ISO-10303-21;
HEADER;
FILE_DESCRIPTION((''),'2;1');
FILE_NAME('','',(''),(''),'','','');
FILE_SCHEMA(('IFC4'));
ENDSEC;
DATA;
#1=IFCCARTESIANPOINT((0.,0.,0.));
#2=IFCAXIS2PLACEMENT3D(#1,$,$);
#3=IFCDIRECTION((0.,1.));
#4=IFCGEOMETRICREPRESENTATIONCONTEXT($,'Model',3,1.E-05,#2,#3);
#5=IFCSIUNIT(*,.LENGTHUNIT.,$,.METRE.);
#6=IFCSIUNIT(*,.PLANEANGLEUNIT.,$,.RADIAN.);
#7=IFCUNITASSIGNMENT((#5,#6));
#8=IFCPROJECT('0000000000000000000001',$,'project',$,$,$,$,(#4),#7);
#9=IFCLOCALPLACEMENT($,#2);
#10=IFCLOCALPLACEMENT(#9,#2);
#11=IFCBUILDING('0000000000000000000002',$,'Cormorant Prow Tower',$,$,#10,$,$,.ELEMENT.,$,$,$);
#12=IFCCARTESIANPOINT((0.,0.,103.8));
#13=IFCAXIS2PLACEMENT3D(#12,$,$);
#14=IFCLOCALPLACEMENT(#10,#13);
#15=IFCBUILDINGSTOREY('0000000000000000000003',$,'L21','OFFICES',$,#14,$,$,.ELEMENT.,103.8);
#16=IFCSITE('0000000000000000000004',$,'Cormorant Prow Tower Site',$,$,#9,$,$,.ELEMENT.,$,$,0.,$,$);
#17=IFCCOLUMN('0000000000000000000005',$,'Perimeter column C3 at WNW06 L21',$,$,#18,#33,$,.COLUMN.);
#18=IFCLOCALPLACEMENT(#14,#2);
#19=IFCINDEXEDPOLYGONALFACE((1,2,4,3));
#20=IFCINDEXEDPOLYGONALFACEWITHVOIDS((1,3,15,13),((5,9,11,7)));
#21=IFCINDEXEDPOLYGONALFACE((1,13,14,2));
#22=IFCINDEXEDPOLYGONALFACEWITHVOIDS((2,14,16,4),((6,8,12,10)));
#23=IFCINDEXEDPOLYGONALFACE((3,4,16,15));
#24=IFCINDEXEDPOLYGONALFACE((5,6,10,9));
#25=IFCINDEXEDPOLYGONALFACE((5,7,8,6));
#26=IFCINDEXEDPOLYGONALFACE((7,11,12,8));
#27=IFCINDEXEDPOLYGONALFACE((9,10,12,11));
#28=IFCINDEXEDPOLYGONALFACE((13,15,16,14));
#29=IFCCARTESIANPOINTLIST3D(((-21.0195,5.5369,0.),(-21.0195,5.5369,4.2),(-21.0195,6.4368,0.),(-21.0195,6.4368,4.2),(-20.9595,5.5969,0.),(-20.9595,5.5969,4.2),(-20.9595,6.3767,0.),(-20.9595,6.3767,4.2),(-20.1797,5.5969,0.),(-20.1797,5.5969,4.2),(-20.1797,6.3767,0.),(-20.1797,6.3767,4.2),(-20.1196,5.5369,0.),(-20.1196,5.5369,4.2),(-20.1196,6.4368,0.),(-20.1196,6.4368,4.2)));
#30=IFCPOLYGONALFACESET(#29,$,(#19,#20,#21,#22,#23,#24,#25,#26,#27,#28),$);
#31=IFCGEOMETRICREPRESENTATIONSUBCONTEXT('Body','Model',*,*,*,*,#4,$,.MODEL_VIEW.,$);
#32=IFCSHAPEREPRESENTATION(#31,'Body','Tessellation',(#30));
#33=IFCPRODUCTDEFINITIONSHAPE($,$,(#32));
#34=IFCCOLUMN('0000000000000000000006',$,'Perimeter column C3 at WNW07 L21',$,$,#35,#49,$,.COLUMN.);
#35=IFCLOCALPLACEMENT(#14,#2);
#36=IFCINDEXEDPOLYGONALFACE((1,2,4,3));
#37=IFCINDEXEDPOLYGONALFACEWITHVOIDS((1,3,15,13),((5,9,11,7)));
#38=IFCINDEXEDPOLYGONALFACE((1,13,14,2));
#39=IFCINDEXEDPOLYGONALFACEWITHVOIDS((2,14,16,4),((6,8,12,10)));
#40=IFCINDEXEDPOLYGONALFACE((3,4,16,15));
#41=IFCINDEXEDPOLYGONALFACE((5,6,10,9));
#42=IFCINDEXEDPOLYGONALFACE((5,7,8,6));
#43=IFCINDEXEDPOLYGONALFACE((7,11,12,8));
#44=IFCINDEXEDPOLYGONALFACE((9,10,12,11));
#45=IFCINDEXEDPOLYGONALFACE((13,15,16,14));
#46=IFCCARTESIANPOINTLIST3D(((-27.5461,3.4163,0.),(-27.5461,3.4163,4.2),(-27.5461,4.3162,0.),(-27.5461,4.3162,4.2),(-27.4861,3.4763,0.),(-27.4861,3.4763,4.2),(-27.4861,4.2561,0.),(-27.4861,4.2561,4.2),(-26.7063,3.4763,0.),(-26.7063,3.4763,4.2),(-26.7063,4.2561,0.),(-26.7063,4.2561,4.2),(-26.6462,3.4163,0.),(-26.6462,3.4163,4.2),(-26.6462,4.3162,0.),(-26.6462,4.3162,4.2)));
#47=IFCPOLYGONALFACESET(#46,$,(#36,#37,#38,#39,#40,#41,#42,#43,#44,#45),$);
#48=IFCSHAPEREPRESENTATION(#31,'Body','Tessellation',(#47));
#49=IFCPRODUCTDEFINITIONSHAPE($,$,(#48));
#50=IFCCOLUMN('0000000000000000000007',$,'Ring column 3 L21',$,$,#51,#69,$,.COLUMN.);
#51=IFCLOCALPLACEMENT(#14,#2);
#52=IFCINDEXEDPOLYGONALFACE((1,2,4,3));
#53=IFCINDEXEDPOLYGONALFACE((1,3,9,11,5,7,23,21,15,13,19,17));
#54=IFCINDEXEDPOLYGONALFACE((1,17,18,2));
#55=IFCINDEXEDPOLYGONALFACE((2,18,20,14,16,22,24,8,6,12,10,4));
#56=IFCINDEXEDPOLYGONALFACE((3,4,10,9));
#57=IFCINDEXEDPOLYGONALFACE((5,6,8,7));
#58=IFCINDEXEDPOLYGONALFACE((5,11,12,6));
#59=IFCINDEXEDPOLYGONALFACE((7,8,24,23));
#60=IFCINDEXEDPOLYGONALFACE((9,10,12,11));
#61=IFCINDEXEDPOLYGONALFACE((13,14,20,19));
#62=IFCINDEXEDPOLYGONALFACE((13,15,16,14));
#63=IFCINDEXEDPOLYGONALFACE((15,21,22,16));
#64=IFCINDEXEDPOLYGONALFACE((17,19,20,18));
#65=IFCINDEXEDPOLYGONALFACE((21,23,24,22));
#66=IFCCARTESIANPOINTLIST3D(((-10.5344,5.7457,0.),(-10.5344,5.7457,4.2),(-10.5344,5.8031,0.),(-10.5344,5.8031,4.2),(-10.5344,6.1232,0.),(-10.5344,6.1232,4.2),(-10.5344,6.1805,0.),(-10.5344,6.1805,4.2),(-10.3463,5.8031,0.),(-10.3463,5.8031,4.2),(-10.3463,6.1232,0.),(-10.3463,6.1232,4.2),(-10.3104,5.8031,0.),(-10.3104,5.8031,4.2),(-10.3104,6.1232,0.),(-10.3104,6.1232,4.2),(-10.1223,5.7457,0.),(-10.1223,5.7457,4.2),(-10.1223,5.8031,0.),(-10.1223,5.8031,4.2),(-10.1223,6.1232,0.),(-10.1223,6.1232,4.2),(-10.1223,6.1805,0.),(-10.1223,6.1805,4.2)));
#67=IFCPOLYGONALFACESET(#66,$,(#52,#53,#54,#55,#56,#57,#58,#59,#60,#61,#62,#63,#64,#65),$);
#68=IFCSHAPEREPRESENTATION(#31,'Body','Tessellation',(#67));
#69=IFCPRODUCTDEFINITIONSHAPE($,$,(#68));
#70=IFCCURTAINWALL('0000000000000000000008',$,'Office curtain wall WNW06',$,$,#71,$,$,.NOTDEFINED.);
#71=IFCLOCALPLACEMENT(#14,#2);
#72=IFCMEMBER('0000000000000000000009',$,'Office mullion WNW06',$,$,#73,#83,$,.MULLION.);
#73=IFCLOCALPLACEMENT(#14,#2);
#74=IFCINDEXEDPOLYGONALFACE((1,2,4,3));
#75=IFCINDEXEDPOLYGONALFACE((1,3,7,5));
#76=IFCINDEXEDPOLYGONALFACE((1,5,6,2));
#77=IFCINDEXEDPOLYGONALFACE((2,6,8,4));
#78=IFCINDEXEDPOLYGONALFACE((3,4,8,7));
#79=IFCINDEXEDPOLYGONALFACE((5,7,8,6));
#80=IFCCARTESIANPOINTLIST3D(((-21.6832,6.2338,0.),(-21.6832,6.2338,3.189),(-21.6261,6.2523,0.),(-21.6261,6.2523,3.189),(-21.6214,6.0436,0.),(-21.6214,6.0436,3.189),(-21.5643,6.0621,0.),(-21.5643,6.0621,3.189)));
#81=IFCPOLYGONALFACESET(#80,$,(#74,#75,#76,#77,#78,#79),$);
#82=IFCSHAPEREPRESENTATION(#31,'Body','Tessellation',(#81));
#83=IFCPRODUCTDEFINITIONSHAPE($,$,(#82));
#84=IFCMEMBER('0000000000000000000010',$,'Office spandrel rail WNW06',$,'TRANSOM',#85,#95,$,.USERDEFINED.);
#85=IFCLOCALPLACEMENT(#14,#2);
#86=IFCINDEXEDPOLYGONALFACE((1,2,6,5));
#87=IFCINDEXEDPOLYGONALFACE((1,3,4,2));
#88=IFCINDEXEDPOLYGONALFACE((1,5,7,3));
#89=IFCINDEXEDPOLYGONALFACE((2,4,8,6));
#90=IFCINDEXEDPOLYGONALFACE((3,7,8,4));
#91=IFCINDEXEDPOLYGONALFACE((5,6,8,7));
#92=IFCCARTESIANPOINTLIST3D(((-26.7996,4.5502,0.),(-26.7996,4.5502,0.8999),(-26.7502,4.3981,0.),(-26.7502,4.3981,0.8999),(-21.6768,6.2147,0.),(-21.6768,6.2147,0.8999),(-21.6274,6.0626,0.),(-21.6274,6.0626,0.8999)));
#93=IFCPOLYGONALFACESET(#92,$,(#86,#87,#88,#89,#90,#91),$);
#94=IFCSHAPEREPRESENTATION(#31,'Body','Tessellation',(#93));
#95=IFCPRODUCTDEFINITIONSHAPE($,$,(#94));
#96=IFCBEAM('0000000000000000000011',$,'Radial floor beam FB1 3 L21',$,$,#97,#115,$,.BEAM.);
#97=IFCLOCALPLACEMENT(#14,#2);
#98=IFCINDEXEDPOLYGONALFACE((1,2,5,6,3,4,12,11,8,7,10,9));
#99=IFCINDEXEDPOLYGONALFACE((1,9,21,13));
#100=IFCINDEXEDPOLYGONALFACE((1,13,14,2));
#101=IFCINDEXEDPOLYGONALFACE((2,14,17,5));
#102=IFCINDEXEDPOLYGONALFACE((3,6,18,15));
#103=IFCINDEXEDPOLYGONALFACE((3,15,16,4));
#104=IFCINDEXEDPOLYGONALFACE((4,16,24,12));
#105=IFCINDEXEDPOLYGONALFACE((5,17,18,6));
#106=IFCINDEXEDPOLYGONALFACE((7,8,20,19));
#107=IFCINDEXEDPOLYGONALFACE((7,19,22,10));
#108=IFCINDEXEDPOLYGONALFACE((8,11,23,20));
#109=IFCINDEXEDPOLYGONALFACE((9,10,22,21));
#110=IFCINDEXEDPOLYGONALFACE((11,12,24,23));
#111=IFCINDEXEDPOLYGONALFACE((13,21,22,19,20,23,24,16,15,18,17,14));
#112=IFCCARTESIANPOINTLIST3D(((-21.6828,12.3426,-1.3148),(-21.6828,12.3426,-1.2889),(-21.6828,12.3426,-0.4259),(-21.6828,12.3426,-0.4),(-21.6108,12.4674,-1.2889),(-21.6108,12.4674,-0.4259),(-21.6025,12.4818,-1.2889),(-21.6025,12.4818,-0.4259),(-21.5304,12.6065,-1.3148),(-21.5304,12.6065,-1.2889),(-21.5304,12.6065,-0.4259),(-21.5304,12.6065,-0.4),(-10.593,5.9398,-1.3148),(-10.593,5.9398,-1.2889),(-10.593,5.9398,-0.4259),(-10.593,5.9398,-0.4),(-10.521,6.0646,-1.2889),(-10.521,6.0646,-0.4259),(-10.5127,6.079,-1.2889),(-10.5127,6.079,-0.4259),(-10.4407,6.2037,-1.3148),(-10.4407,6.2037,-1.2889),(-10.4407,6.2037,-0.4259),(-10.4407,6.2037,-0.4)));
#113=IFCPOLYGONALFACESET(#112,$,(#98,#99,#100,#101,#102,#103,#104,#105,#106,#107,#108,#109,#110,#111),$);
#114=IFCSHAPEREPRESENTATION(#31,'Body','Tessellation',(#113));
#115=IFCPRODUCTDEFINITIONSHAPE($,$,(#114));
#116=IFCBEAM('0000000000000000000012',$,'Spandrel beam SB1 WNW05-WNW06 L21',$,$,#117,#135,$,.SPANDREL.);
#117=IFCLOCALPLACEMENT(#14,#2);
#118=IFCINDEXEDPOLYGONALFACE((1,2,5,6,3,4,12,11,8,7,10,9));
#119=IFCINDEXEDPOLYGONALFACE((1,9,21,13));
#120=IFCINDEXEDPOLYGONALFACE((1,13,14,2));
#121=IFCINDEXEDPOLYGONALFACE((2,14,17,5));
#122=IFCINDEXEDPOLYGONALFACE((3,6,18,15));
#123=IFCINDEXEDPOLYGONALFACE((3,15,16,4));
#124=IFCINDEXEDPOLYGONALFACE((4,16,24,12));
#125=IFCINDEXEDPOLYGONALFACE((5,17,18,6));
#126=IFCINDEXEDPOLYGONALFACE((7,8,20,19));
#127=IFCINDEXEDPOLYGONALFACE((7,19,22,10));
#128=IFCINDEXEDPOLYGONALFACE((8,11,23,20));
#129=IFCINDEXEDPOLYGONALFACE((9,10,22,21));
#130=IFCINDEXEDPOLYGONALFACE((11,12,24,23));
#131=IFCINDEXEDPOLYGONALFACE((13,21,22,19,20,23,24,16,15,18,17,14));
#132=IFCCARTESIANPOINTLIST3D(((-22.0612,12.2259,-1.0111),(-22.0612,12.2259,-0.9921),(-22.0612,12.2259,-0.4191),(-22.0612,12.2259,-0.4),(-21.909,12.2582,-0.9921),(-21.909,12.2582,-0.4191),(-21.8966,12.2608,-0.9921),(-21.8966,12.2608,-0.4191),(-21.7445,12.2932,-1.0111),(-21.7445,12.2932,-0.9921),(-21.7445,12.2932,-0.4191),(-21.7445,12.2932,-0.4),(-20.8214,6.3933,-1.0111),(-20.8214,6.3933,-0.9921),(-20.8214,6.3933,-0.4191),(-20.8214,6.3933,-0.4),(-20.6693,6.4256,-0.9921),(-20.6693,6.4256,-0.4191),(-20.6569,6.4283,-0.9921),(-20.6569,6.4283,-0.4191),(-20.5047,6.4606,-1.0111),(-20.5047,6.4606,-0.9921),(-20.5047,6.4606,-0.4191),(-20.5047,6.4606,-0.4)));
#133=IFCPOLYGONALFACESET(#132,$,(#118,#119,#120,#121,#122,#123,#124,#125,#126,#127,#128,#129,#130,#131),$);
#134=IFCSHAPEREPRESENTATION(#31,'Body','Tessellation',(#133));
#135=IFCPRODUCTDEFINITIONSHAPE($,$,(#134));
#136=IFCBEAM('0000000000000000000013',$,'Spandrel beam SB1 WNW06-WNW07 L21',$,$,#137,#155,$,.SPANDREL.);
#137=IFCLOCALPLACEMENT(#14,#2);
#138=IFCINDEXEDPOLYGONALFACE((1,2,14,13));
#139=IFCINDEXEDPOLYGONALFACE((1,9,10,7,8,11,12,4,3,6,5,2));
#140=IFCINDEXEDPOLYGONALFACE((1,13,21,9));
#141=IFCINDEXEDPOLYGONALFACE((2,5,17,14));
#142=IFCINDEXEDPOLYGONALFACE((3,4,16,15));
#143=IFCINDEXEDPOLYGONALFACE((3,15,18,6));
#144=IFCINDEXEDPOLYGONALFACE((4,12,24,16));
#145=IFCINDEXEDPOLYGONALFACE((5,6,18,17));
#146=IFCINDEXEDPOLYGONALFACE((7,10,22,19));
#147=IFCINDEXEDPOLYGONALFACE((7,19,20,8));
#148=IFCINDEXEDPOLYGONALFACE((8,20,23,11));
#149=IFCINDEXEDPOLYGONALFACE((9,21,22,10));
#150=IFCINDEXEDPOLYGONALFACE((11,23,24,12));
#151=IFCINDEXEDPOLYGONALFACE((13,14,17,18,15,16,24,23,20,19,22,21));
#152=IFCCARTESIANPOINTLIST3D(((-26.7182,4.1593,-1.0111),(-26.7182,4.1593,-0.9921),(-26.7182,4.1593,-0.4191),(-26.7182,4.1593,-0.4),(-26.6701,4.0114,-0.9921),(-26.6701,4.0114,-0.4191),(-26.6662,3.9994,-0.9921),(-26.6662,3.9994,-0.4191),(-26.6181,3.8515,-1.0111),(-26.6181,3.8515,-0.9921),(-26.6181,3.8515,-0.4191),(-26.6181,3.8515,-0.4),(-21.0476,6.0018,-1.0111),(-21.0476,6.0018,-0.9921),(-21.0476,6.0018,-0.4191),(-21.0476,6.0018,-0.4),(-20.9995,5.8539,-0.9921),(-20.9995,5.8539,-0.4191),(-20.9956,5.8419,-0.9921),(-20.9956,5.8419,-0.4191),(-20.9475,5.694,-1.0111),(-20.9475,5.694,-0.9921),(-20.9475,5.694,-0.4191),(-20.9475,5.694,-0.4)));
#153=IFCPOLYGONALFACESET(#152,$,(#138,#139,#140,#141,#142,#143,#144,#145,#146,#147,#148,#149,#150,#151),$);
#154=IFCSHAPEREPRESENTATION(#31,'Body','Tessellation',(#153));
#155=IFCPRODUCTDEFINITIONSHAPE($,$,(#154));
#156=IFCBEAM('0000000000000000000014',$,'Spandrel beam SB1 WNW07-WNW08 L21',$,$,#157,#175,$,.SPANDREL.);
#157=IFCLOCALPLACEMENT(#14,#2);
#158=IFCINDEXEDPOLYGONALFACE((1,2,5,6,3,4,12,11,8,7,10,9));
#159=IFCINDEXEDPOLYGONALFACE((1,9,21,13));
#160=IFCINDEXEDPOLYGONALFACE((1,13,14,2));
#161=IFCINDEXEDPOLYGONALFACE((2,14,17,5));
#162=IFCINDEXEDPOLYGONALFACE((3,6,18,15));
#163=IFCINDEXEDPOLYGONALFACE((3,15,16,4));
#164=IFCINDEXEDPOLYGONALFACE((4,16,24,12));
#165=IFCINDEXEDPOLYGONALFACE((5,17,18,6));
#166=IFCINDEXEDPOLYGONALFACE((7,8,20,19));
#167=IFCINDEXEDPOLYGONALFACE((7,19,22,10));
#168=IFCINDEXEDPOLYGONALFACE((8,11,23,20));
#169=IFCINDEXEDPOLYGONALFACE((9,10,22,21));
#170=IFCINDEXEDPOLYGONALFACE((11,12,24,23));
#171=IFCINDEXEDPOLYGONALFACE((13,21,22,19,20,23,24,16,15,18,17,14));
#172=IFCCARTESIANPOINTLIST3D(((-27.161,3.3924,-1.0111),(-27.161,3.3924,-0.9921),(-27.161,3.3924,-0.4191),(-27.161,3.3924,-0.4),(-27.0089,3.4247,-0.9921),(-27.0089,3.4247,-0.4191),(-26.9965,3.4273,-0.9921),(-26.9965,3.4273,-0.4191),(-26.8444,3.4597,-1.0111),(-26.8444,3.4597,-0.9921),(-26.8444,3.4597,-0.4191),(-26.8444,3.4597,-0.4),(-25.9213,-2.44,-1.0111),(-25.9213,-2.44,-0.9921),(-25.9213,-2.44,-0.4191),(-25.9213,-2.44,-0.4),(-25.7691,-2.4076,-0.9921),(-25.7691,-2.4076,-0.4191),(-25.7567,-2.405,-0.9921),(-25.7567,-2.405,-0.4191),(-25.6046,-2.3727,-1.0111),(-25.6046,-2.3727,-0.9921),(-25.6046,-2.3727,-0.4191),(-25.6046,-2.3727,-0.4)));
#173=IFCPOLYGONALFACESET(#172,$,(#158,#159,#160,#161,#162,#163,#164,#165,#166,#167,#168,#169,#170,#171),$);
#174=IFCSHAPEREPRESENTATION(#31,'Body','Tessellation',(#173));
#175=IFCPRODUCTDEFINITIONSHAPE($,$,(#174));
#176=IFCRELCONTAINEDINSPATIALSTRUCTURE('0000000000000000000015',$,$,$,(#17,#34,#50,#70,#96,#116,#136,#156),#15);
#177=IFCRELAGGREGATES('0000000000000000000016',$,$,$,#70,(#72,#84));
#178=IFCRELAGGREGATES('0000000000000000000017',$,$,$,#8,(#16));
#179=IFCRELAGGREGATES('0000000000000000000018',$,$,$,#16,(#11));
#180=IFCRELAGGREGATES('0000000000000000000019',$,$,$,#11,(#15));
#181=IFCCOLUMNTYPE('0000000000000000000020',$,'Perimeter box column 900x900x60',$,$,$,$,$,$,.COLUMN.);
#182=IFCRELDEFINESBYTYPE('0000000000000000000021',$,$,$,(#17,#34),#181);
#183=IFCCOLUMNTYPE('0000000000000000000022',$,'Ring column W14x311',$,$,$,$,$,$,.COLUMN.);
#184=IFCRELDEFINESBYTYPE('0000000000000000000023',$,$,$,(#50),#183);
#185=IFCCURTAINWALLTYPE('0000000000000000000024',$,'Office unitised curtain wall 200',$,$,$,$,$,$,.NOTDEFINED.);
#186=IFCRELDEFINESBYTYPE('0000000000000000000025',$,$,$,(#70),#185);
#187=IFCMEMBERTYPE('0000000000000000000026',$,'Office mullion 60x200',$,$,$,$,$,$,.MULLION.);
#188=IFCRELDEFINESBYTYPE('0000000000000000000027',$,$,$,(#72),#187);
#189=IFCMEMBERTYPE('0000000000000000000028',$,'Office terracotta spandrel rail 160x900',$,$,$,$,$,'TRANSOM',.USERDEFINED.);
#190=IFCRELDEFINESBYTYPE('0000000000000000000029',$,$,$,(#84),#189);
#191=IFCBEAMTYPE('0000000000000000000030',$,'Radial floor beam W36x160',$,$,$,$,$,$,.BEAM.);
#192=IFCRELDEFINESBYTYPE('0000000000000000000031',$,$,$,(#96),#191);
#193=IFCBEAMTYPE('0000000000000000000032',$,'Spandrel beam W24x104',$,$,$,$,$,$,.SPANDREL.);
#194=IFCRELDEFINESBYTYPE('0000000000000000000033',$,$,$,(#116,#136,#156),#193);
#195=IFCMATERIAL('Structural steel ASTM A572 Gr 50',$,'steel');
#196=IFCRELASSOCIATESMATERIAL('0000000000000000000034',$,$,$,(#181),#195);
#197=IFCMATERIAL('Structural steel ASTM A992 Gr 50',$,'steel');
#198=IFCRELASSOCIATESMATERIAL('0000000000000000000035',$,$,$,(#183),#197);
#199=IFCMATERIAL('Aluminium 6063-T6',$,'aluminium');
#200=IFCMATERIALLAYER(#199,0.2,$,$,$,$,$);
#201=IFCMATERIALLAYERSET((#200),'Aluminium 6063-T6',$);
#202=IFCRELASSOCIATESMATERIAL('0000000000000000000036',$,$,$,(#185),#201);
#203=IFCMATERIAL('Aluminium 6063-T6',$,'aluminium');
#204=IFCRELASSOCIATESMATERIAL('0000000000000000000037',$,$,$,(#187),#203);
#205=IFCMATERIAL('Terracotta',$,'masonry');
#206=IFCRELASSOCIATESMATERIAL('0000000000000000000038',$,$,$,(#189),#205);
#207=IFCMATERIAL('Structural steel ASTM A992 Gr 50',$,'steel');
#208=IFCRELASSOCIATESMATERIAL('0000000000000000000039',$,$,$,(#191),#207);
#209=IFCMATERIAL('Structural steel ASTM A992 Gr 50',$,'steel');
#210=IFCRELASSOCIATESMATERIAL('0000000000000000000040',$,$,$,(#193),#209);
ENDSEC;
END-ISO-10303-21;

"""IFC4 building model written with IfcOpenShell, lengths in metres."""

from ifc_helpers import new_model, si_unit, direction, frame, origin, origin_2d, place, context, subcontext, project, spatial, rectangle, hollow_rectangle, i_section, extrude, material, layer, layer_set, material_profile, profile_set, type_object, element, aggregate, save


model = new_model("IFC4")

# Units and contexts
model_context = context("Model", 3, precision=1e-05, world=origin(), true_north=direction((0.0, 1.0)))
body_context = subcontext(model_context, "Body", "Model", "MODEL_VIEW")
ifc_project = project(units=[si_unit("LENGTHUNIT", "METRE"), si_unit("PLANEANGLEUNIT", "RADIAN")], contexts=[model_context])

# Site, building, storey
site_placement = place(None, origin())
site = spatial("IfcSite", under=ifc_project, at=site_placement, Name="Cormorant Prow Tower Site", CompositionType="ELEMENT", RefElevation=0.0)
building_placement = place(site_placement, origin())
building = spatial("IfcBuilding", under=site, at=building_placement, Name="Cormorant Prow Tower", CompositionType="ELEMENT")
storey_placement = place(building_placement, frame((0.0, 0.0, 103.8)))
storey = spatial("IfcBuildingStorey", under=building, at=storey_placement, Name="L21", Description="OFFICES", CompositionType="ELEMENT", Elevation=103.8)

# Columns
ifc_material_1 = material(Name="Structural steel ASTM A572 Gr 50", Category="steel")
ifc_material_profile_1 = material_profile(ifc_material_1, hollow_rectangle(XDim=0.8999, YDim=0.8999, WallThickness=0.0601, at=origin_2d()), Name="Box 900x900x60")
ifc_profile_set_1 = profile_set([ifc_material_profile_1], Name="Structural steel ASTM A572 Gr 50")
column_type_1 = type_object("IfcColumnType", Name="Perimeter box column 900x900x60", PredefinedType="COLUMN", material=ifc_profile_set_1)
for number, where, z_axis, x_axis, name in (
    (1, (-20.5696, 5.9868, 0.0), (0.0, 0.0, 1.0), (1.0, 0.0, 0.0), "Perimeter column C3 at WNW06 L21"),
    (2, (-27.0962, 3.8662, 0.0), (0.0, 0.0, 1.0), (1.0, 0.0, 0.0), "Perimeter column C3 at WNW07 L21"),
):
    element("IfcColumn", number, at=place(storey_placement, frame(where, z_axis=z_axis, x_axis=x_axis)), inside=storey, type_object=column_type_1, Name=name, PredefinedType="COLUMN", context=body_context, shape_type="SweptSolid", body=[
        extrude(hollow_rectangle(XDim=0.8999, YDim=0.8999, WallThickness=0.0601, at=origin_2d()), origin(), (0.0, 0.0, 1.0), 4.2),
    ])
ifc_material_2 = material(Name="Structural steel ASTM A992 Gr 50", Category="steel")
ifc_material_profile_2 = material_profile(ifc_material_2, i_section(OverallWidth=0.4121, OverallDepth=0.4348, WebThickness=0.0359, FlangeThickness=0.0574, at=origin_2d()), Name="W14x311")
ifc_profile_set_2 = profile_set([ifc_material_profile_2], Name="Structural steel ASTM A992 Gr 50")
column_type_2 = type_object("IfcColumnType", Name="Ring column W14x311", PredefinedType="COLUMN", material=ifc_profile_set_2)
column_placement = place(storey_placement, frame((-10.3284, 5.9631, 0.0), z_axis=(0.0, 0.0, 1.0), x_axis=(1.0, 0.0, 0.0)))
element("IfcColumn", 3, at=column_placement, inside=storey, type_object=column_type_2, Name="Ring column 3 L21", PredefinedType="COLUMN", context=body_context, shape_type="SweptSolid", body=[
    extrude(i_section(OverallWidth=0.4121, OverallDepth=0.4348, WebThickness=0.0359, FlangeThickness=0.0574, at=origin_2d()), origin(), (0.0, 0.0, 1.0), 4.2),
])

# Curtain wall, members
ifc_material_3 = material(Name="Aluminium 6063-T6", Category="aluminium")
ifc_layer_1 = layer(ifc_material_3, 0.2)
ifc_layer_set_1 = layer_set([ifc_layer_1], Name="Aluminium 6063-T6")
curtain_wall_type = type_object("IfcCurtainWallType", Name="Office unitised curtain wall 200", PredefinedType="NOTDEFINED", material=ifc_layer_set_1)
curtain_wall_placement = place(storey_placement, origin())
curtain_wall = element("IfcCurtainWall", 4, at=curtain_wall_placement, inside=storey, type_object=curtain_wall_type, Name="Office curtain wall WNW06", PredefinedType="NOTDEFINED")
ifc_material_4 = material(Name="Aluminium 6063-T6", Category="aluminium")
ifc_material_profile_3 = material_profile(ifc_material_4, rectangle(XDim=0.2, YDim=0.0601, at=origin_2d()), Name="Office mullion 60x200")
ifc_profile_set_3 = profile_set([ifc_material_profile_3], Name="Aluminium 6063-T6")
member_type_1 = type_object("IfcMemberType", Name="Office mullion 60x200", PredefinedType="MULLION", material=ifc_profile_set_3)
member_1_placement = place(storey_placement, frame((-21.6238, 6.1479, 0.0), z_axis=(0.0, 0.0, 1.0), x_axis=(0.309017, -0.951057, 0.0)))
member_1 = element("IfcMember", 5, at=member_1_placement, type_object=member_type_1, Name="Office mullion WNW06", PredefinedType="MULLION", context=body_context, shape_type="SweptSolid", body=[
    extrude(rectangle(XDim=0.2, YDim=0.0601, at=origin_2d()), origin(), (0.0, 0.0, 1.0), 3.189),
])
ifc_material_5 = material(Name="Terracotta", Category="masonry")
ifc_material_profile_4 = material_profile(ifc_material_5, rectangle(XDim=0.1599, YDim=0.8999, at=origin_2d()), Name="Office terracotta spandrel rail 160x900")
ifc_profile_set_4 = profile_set([ifc_material_profile_4], Name="Terracotta")
member_type_2 = type_object("IfcMemberType", Name="Office terracotta spandrel rail 160x900", ElementType="TRANSOM", PredefinedType="USERDEFINED", material=ifc_profile_set_4)
member_2_placement = place(storey_placement, frame((-21.6521, 6.1387, 0.45), z_axis=(-0.951054, -0.309026, 0.0), x_axis=(0.309026, -0.951054, 0.0)))
member_2 = element("IfcMember", 6, at=member_2_placement, type_object=member_type_2, Name="Office spandrel rail WNW06", ObjectType="TRANSOM", PredefinedType="USERDEFINED", context=body_context, shape_type="SweptSolid", body=[
    extrude(rectangle(XDim=0.1599, YDim=0.8999, at=origin_2d()), origin(), (0.0, 0.0, 1.0), 5.3865),
])

# Beams
ifc_material_6 = material(Name="Structural steel ASTM A992 Gr 50", Category="steel")
ifc_material_profile_5 = material_profile(ifc_material_6, i_section(OverallWidth=0.3047, OverallDepth=0.9148, WebThickness=0.0166, FlangeThickness=0.0259, at=origin_2d()), Name="W36x160")
ifc_profile_set_5 = profile_set([ifc_material_profile_5], Name="Structural steel ASTM A992 Gr 50")
beam_type_1 = type_object("IfcBeamType", Name="Radial floor beam W36x160", PredefinedType="BEAM", material=ifc_profile_set_5)
beam_1_placement = place(storey_placement, frame((-10.5168, 6.0718, -0.8574), z_axis=(-0.866022, 0.500006, 0.0), x_axis=(-0.500006, -0.866022, 0.0)))
element("IfcBeam", 7, at=beam_1_placement, inside=storey, type_object=beam_type_1, Name="Radial floor beam FB1 3 L21", PredefinedType="BEAM", context=body_context, shape_type="SweptSolid", body=[
    extrude(i_section(OverallWidth=0.3047, OverallDepth=0.9148, WebThickness=0.0166, FlangeThickness=0.0259, at=origin_2d()), origin(), (0.0, 0.0, 1.0), 12.8054),
])
ifc_material_7 = material(Name="Structural steel ASTM A992 Gr 50", Category="steel")
ifc_material_profile_6 = material_profile(ifc_material_7, i_section(OverallWidth=0.3237, OverallDepth=0.6111, WebThickness=0.0127, FlangeThickness=0.019, at=origin_2d()), Name="W24x104")
ifc_profile_set_6 = profile_set([ifc_material_profile_6], Name="Structural steel ASTM A992 Gr 50")
beam_type_2 = type_object("IfcBeamType", Name="Spandrel beam W24x104", PredefinedType="SPANDREL", material=ifc_profile_set_6)
beam_2_placement = place(storey_placement, frame((-21.9028, 12.2595, -0.7056), z_axis=(0.207913, -0.978147, 0.0), x_axis=(0.978147, 0.207913, 0.0)))
element("IfcBeam", 8, at=beam_2_placement, inside=storey, type_object=beam_type_2, Name="Spandrel beam SB1 WNW05-WNW06 L21", PredefinedType="SPANDREL", context=body_context, shape_type="SweptSolid", body=[
    extrude(i_section(OverallWidth=0.3237, OverallDepth=0.6111, WebThickness=0.0127, FlangeThickness=0.019, at=origin_2d()), origin(), (0.0, 0.0, 1.0), 5.9629),
])
beam_3_placement = place(storey_placement, frame((-20.9976, 5.8479, -0.7056), z_axis=(-0.951055, -0.30902, 0.0), x_axis=(0.30902, -0.951055, 0.0)))
element("IfcBeam", 9, at=beam_3_placement, inside=storey, type_object=beam_type_2, Name="Spandrel beam SB1 WNW06-WNW07 L21", PredefinedType="SPANDREL", context=body_context, shape_type="SweptSolid", body=[
    extrude(i_section(OverallWidth=0.3237, OverallDepth=0.6111, WebThickness=0.0127, FlangeThickness=0.019, at=origin_2d()), origin(), (0.0, 0.0, 1.0), 5.9624),
])
beam_4_placement = place(storey_placement, frame((-27.0027, 3.426, -0.7056), z_axis=(0.207921, -0.978146, 0.0), x_axis=(0.978146, 0.207921, 0.0)))
element("IfcBeam", 10, at=beam_4_placement, inside=storey, type_object=beam_type_2, Name="Spandrel beam SB1 WNW07-WNW08 L21", PredefinedType="SPANDREL", context=body_context, shape_type="SweptSolid", body=[
    extrude(i_section(OverallWidth=0.3237, OverallDepth=0.6111, WebThickness=0.0127, FlangeThickness=0.019, at=origin_2d()), origin(), (0.0, 0.0, 1.0), 5.9626),
])

aggregate(curtain_wall, [member_1, member_2])

save(model, "model.ifc")
